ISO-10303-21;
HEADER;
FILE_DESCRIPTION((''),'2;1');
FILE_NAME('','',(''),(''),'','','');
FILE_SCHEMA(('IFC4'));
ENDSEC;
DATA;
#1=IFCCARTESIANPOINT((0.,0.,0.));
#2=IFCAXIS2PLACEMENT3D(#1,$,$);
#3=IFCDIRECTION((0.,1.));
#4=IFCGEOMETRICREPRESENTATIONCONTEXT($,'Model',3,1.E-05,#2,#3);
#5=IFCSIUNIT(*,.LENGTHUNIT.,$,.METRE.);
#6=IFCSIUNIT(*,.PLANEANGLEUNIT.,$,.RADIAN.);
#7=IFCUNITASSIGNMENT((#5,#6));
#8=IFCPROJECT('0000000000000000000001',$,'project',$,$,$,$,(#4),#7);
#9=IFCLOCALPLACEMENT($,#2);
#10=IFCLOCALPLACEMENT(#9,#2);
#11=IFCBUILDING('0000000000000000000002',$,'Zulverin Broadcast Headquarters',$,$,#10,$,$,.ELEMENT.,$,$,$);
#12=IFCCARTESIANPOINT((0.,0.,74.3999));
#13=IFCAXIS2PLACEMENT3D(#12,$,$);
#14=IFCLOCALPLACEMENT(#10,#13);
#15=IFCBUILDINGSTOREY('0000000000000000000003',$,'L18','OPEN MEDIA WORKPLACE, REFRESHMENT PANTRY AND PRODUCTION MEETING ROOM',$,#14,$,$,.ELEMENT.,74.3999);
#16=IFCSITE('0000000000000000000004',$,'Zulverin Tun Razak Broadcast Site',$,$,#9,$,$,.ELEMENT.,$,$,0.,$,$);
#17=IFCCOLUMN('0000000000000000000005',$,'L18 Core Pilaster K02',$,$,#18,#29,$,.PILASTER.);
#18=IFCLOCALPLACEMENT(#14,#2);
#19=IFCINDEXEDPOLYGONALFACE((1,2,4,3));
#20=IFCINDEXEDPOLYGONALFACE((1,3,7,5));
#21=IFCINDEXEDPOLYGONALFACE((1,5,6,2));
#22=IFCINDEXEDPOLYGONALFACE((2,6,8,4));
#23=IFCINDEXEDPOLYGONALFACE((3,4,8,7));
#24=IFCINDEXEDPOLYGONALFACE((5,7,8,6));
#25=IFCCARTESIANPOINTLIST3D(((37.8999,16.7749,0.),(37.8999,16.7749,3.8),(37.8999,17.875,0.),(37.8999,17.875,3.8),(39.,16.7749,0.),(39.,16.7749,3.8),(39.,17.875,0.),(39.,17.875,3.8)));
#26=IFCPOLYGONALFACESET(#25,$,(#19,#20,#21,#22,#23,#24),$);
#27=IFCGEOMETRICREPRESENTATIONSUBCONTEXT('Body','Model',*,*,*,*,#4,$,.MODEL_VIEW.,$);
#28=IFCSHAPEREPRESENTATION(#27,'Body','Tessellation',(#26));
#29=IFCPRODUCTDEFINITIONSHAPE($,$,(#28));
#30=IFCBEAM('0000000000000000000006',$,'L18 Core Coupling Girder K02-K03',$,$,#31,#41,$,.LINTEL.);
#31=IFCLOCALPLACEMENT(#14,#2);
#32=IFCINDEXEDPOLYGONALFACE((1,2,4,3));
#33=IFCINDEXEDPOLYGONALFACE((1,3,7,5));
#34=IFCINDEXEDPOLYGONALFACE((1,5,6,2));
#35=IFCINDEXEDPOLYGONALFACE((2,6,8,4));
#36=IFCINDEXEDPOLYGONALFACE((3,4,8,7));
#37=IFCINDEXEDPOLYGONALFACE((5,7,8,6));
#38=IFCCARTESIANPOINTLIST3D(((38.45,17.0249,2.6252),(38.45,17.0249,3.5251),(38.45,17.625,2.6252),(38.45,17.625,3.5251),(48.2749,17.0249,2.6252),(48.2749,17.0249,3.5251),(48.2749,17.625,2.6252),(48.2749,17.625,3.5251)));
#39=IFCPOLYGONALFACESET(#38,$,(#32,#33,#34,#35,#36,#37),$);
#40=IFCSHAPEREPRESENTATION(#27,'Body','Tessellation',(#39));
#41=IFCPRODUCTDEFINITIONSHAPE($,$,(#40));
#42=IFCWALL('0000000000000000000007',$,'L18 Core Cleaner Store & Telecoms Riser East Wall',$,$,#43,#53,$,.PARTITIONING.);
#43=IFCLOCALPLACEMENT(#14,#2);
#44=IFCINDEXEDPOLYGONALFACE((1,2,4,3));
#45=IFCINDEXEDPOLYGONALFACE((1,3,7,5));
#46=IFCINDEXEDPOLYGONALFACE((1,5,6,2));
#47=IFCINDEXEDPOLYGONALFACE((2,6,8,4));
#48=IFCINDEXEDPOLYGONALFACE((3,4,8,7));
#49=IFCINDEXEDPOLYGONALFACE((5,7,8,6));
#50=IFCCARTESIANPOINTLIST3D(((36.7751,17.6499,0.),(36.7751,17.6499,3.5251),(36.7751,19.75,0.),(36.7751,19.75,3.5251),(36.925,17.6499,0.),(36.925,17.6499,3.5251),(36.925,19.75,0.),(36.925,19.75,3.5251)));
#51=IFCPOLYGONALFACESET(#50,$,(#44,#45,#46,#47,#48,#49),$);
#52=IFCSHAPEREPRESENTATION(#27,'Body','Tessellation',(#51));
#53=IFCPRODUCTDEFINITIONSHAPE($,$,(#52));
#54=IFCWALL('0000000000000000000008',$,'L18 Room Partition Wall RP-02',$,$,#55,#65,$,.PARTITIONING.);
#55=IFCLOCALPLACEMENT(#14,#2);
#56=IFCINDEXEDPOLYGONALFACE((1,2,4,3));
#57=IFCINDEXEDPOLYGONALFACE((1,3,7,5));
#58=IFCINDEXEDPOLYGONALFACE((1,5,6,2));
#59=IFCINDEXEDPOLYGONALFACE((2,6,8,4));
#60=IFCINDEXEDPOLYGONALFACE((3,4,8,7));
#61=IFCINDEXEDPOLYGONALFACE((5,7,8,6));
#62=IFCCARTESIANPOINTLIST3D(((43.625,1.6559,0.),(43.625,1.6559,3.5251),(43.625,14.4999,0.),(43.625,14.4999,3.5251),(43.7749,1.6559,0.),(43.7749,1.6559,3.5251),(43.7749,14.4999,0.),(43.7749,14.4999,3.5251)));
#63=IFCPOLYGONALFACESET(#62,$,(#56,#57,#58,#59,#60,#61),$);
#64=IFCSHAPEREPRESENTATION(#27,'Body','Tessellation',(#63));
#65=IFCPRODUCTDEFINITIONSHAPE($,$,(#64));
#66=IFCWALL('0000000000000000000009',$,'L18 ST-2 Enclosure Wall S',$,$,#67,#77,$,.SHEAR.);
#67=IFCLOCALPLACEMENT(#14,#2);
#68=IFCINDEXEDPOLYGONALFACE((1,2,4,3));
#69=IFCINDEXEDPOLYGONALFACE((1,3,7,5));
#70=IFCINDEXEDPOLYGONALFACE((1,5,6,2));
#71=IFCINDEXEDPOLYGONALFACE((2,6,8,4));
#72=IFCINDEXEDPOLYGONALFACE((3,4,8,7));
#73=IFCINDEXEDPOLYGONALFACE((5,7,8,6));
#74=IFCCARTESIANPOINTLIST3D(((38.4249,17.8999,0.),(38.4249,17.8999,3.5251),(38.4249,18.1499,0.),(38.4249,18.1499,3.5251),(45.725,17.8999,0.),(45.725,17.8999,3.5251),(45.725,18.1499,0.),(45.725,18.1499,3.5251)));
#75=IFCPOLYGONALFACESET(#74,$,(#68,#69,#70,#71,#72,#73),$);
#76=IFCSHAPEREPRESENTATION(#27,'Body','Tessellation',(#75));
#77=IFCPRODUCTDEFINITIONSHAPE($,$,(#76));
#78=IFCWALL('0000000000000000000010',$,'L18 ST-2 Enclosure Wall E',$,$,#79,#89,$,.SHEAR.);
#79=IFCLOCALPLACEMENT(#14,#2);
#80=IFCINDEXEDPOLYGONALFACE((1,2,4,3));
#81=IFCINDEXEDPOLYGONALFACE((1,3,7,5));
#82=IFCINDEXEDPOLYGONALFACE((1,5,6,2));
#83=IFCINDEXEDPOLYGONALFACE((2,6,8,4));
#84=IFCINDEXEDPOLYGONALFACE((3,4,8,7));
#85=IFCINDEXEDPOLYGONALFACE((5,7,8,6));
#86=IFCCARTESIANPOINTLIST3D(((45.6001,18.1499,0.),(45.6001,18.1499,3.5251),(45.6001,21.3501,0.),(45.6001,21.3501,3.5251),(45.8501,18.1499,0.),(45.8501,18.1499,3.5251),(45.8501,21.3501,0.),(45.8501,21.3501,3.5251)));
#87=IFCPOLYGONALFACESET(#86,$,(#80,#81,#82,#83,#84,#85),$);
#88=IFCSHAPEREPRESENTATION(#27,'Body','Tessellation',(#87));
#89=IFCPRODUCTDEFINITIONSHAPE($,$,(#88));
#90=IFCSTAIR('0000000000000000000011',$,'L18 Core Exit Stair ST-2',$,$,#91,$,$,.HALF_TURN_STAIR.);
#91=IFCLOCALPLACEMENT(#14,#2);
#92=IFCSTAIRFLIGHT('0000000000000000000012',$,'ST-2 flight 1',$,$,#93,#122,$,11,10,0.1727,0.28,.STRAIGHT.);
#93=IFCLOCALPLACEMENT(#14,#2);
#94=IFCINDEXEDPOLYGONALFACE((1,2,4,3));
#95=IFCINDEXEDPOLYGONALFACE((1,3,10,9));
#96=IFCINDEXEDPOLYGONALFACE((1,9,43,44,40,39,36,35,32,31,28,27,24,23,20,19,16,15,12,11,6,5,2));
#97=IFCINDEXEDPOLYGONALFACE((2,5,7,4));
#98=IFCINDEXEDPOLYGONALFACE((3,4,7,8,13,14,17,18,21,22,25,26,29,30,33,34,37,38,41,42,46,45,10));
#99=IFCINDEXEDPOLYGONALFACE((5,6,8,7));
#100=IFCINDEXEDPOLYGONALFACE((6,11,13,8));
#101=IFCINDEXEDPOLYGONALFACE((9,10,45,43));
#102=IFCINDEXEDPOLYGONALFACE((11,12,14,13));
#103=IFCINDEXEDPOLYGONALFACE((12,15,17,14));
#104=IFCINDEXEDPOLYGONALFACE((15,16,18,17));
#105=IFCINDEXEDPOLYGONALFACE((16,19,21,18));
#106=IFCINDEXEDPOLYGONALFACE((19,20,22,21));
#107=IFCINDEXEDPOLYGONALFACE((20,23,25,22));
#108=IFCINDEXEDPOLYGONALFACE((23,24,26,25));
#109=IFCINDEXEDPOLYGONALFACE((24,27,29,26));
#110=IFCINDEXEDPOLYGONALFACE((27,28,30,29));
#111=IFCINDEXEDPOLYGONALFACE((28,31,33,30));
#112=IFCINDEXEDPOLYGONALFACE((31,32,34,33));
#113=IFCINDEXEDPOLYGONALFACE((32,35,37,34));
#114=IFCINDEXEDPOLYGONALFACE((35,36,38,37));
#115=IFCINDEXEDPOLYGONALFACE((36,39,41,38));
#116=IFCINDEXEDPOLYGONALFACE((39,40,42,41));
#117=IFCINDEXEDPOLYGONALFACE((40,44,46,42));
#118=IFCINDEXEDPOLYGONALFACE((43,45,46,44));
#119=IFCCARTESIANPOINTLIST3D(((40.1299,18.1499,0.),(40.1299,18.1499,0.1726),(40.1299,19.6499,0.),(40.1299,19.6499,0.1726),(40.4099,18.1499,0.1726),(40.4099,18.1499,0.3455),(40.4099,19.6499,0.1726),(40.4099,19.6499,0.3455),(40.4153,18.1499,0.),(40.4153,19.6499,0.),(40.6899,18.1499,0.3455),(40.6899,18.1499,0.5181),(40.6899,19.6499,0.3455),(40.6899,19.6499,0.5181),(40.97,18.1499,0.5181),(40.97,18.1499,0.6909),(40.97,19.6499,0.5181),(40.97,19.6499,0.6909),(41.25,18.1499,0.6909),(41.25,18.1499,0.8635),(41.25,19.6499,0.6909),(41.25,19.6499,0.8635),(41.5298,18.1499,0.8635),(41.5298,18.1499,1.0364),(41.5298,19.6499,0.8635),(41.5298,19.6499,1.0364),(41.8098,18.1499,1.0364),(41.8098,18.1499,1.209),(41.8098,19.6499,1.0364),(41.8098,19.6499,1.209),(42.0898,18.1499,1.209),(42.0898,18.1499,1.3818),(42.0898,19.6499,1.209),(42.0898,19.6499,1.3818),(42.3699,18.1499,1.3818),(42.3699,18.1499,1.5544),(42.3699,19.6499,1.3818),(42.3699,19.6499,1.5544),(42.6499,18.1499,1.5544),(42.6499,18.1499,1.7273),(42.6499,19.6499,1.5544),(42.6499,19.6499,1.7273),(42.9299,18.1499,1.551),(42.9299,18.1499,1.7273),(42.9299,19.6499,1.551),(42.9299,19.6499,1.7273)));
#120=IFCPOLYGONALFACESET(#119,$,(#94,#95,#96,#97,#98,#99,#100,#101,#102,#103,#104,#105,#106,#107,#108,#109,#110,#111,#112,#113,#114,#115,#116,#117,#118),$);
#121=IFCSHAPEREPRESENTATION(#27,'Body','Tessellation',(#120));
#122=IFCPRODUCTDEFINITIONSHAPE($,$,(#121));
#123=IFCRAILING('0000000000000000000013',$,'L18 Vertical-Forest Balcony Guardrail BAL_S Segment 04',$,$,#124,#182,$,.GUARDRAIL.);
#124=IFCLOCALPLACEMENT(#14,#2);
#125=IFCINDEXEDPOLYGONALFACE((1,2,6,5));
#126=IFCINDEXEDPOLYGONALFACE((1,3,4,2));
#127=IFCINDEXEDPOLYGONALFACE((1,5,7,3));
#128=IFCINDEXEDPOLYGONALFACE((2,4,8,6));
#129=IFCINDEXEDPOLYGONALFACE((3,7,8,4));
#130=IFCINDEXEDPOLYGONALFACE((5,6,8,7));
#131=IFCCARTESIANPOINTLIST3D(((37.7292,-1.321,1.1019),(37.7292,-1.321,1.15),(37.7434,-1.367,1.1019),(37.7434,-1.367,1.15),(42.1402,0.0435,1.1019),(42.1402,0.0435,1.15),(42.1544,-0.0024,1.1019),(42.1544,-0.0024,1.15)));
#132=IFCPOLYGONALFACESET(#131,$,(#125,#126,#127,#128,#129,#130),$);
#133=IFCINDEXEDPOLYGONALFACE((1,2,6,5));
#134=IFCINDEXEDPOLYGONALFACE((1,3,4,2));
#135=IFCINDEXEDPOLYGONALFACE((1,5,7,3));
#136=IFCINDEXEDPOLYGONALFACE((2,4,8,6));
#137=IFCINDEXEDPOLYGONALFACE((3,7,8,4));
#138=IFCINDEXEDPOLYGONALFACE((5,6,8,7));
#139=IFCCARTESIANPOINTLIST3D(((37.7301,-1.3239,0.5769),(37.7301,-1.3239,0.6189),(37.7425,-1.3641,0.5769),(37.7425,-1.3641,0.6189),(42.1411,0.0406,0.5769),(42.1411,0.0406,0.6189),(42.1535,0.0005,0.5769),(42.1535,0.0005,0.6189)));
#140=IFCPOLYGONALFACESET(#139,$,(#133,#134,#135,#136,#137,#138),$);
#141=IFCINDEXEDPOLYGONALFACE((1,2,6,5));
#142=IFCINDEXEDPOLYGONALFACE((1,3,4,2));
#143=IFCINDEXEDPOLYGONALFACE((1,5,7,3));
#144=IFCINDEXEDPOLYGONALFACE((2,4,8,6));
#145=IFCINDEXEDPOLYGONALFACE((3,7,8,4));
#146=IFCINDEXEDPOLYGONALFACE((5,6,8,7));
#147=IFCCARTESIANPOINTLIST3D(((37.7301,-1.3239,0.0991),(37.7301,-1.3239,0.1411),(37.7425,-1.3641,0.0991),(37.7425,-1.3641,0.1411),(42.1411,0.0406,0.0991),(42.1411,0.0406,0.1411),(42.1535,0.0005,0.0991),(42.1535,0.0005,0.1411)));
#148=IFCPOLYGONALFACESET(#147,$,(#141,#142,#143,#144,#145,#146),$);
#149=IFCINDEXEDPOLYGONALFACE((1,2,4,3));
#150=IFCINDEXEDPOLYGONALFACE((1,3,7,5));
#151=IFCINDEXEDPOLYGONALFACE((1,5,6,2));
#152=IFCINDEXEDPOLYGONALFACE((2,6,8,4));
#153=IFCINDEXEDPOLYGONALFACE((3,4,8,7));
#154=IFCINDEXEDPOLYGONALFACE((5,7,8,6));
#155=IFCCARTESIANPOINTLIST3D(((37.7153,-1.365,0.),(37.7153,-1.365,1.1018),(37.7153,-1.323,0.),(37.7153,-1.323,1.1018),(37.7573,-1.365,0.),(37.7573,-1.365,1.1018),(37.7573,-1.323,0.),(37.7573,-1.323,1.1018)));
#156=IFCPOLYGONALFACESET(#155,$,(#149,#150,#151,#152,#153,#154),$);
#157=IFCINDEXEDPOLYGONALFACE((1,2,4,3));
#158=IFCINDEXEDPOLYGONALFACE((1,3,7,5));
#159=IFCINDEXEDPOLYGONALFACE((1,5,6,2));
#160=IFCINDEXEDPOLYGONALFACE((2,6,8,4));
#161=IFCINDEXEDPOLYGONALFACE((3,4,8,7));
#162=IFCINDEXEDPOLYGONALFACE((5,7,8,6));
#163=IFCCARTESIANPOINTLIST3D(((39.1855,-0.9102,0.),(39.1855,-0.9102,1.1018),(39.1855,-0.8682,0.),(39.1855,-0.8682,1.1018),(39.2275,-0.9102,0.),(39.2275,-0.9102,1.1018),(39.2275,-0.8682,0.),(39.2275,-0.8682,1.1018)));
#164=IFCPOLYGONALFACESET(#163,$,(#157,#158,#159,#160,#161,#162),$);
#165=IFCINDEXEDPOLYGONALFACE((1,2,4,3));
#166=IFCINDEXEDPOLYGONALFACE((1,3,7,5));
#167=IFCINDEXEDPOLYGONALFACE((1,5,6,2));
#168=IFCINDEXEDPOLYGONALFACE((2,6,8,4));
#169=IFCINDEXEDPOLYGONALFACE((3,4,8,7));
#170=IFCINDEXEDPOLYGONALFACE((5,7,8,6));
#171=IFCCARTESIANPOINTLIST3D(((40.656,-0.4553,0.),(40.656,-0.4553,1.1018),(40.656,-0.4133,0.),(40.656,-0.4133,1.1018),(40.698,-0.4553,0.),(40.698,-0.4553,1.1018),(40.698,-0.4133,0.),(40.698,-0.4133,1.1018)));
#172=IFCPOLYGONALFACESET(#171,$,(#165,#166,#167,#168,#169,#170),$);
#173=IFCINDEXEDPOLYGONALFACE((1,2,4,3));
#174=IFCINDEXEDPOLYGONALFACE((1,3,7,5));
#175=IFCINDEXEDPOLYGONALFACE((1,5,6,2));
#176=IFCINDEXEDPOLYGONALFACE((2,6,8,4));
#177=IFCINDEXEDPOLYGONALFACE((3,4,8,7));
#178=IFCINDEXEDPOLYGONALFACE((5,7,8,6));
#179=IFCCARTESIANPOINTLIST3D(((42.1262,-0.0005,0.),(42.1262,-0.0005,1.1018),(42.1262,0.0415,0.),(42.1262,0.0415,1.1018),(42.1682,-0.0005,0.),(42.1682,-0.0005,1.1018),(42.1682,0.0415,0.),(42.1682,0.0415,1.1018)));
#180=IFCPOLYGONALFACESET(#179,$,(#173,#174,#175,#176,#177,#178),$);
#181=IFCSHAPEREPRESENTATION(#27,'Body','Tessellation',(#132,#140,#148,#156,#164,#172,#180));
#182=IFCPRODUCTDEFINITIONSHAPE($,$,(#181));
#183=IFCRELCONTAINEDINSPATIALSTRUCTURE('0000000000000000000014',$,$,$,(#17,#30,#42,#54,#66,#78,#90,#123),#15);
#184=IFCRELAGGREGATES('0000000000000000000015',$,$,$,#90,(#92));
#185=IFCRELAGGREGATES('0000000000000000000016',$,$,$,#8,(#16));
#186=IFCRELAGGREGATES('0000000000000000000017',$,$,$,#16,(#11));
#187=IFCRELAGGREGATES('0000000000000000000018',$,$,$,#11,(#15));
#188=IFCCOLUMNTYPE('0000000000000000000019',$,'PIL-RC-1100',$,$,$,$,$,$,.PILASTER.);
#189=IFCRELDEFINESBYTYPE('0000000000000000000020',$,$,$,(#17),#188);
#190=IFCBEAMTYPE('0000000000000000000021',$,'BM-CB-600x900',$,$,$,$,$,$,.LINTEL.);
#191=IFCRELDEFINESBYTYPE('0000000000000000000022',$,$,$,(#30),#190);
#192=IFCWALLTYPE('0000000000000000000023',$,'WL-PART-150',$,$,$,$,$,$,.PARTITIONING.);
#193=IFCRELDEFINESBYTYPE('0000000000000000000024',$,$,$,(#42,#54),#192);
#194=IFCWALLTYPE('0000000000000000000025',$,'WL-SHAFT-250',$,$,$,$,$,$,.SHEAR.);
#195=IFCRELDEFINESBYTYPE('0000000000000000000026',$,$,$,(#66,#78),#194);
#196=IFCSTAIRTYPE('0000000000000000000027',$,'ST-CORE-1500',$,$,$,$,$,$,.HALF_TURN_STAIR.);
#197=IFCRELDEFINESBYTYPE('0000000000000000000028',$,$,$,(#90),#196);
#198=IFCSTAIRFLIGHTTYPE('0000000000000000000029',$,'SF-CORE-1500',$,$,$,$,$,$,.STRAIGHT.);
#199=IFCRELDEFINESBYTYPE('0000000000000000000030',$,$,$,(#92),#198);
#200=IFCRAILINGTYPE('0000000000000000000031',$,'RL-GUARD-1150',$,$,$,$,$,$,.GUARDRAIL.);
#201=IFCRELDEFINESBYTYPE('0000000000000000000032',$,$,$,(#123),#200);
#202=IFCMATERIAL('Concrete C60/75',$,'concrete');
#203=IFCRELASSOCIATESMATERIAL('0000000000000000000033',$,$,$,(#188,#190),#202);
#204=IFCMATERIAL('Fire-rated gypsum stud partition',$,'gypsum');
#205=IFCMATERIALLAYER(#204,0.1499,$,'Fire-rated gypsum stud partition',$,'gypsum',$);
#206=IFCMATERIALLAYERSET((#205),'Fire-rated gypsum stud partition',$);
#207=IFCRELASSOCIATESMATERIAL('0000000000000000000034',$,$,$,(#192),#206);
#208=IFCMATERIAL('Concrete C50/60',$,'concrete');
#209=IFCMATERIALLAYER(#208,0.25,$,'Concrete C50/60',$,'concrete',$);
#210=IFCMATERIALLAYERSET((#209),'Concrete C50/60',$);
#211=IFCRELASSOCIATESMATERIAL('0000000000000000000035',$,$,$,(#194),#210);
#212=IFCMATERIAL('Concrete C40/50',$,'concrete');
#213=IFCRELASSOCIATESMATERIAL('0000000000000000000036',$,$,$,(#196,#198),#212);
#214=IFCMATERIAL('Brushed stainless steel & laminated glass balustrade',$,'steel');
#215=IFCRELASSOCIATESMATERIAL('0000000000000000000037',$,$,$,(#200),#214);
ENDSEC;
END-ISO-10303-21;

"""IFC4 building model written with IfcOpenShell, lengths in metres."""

from ifc_helpers import new_model, si_unit, direction, frame, frame_2d, origin, origin_2d, place, context, subcontext, project, spatial, polyline, rectangle, outline, extrude, material, layer, layer_set, material_profile, profile_set, type_object, element, aggregate, save


model = new_model("IFC4")

# Units and contexts
model_context = context("Model", 3, precision=1e-05, world=origin(), true_north=direction((0.0, 1.0)))
body_context = subcontext(model_context, "Body", "Model", "MODEL_VIEW")
ifc_project = project(units=[si_unit("LENGTHUNIT", "METRE"), si_unit("PLANEANGLEUNIT", "RADIAN")], contexts=[model_context])

# Site, building, storey
site_placement = place(None, origin())
site = spatial("IfcSite", under=ifc_project, at=site_placement, Name="Zulverin Tun Razak Broadcast Site", CompositionType="ELEMENT", RefElevation=0.0)
building_placement = place(site_placement, origin())
building = spatial("IfcBuilding", under=site, at=building_placement, Name="Zulverin Broadcast Headquarters", CompositionType="ELEMENT")
storey_placement = place(building_placement, frame((0.0, 0.0, 74.3999)))
storey = spatial("IfcBuildingStorey", under=building, at=storey_placement, Name="L18", Description="OPEN MEDIA WORKPLACE, REFRESHMENT PANTRY AND PRODUCTION MEETING ROOM", CompositionType="ELEMENT", Elevation=74.3999)

# Column
ifc_material_1 = material(Name="Concrete C60/75", Category="concrete")
ifc_material_profile_1 = material_profile(ifc_material_1, rectangle(XDim=1.1001, YDim=1.1001, at=origin_2d()), Name="Concrete C60/75", Category="concrete")
ifc_profile_set_1 = profile_set([ifc_material_profile_1], Name="Concrete C60/75")
column_type = type_object("IfcColumnType", Name="PIL-RC-1100", PredefinedType="PILASTER", material=ifc_profile_set_1)
column_placement = place(storey_placement, frame((38.45, 17.325, 0.0), z_axis=(0.0, 0.0, 1.0), x_axis=(1.0, 0.0, 0.0)))
element("IfcColumn", 1, at=column_placement, inside=storey, type_object=column_type, Name="L18 Core Pilaster K02", PredefinedType="PILASTER", context=body_context, shape_type="SweptSolid", body=[
    extrude(rectangle(XDim=1.1001, YDim=1.1001, at=origin_2d()), origin(), (0.0, 0.0, 1.0), 3.8),
])

# Beam
ifc_material_profile_2 = material_profile(ifc_material_1, rectangle(XDim=0.6001, YDim=0.8999, at=origin_2d()), Name="Concrete C60/75", Category="concrete")
ifc_profile_set_2 = profile_set([ifc_material_profile_2], Name="Concrete C60/75")
beam_type = type_object("IfcBeamType", Name="BM-CB-600x900", PredefinedType="LINTEL", material=ifc_profile_set_2)
beam_placement = place(storey_placement, frame((38.45, 17.325, 3.0752), z_axis=(1.0, 0.0, 0.0), x_axis=(0.0, 1.0, 0.0)))
element("IfcBeam", 2, at=beam_placement, inside=storey, type_object=beam_type, Name="L18 Core Coupling Girder K02-K03", PredefinedType="LINTEL", context=body_context, shape_type="SweptSolid", body=[
    extrude(rectangle(XDim=0.6001, YDim=0.8999, at=origin_2d()), origin(), (0.0, 0.0, 1.0), 9.825),
])

# Walls
ifc_material_2 = material(Name="Fire-rated gypsum stud partition", Category="gypsum")
ifc_layer_1 = layer(ifc_material_2, 0.1499, Name="Fire-rated gypsum stud partition", Category="gypsum")
ifc_layer_set_1 = layer_set([ifc_layer_1], Name="Fire-rated gypsum stud partition")
wall_type_1 = type_object("IfcWallType", Name="WL-PART-150", PredefinedType="PARTITIONING", material=ifc_layer_set_1)
wall_1_placement = place(storey_placement, frame((36.8501, 17.6499, 0.0), z_axis=(0.0, 0.0, 1.0), x_axis=(0.0, 1.0, 0.0)))
element("IfcWall", 3, at=wall_1_placement, inside=storey, type_object=wall_type_1, Name="L18 Core Cleaner Store & Telecoms Riser East Wall", PredefinedType="PARTITIONING", context=body_context, shape_type="SweptSolid", body=[
    extrude(rectangle(XDim=2.1001, YDim=0.1499, at=frame_2d((1.05, 0.0))), origin(), (0.0, 0.0, 1.0), 3.5251),
])
wall_2_placement = place(storey_placement, frame((43.7, 1.656, 0.0), z_axis=(0.0, 0.0, 1.0), x_axis=(0.0, 1.0, 0.0)))
element("IfcWall", 4, at=wall_2_placement, inside=storey, type_object=wall_type_1, Name="L18 Room Partition Wall RP-02", PredefinedType="PARTITIONING", context=body_context, shape_type="SweptSolid", body=[
    extrude(rectangle(XDim=12.844, YDim=0.1499, at=frame_2d((6.4219, 0.0))), origin(), (0.0, 0.0, 1.0), 3.5251),
])
ifc_material_3 = material(Name="Concrete C50/60", Category="concrete")
ifc_layer_2 = layer(ifc_material_3, 0.25, Name="Concrete C50/60", Category="concrete")
ifc_layer_set_2 = layer_set([ifc_layer_2], Name="Concrete C50/60")
wall_type_2 = type_object("IfcWallType", Name="WL-SHAFT-250", PredefinedType="SHEAR", material=ifc_layer_set_2)
wall_3_placement = place(storey_placement, frame((38.425, 18.0249, 0.0), z_axis=(0.0, 0.0, 1.0), x_axis=(1.0, 0.0, 0.0)))
element("IfcWall", 5, at=wall_3_placement, inside=storey, type_object=wall_type_2, Name="L18 ST-2 Enclosure Wall S", PredefinedType="SHEAR", context=body_context, shape_type="SweptSolid", body=[
    extrude(rectangle(XDim=7.3, YDim=0.25, at=frame_2d((3.6499, 0.0))), origin(), (0.0, 0.0, 1.0), 3.5251),
])

# Wall
wall_4_placement = place(storey_placement, frame((45.7251, 18.1499, 0.0), z_axis=(0.0, 0.0, 1.0), x_axis=(0.0, 1.0, 0.0)))
element("IfcWall", 6, at=wall_4_placement, inside=storey, type_object=wall_type_2, Name="L18 ST-2 Enclosure Wall E", PredefinedType="SHEAR", context=body_context, shape_type="SweptSolid", body=[
    extrude(rectangle(XDim=3.2002, YDim=0.25, at=frame_2d((1.6001, 0.0))), origin(), (0.0, 0.0, 1.0), 3.5251),
])

# Stair, stair flight
ifc_material_4 = material(Name="Concrete C40/50", Category="concrete")
stair_type = type_object("IfcStairType", Name="ST-CORE-1500", PredefinedType="HALF_TURN_STAIR", material=ifc_material_4)
stair_placement = place(storey_placement, origin())
stair = element("IfcStair", 7, at=stair_placement, inside=storey, type_object=stair_type, Name="L18 Core Exit Stair ST-2", PredefinedType="HALF_TURN_STAIR")
stair_flight_type = type_object("IfcStairFlightType", Name="SF-CORE-1500", PredefinedType="STRAIGHT", material=ifc_material_4)
stair_flight_placement = place(storey_placement, frame((40.1299, 18.8999, 0.0), z_axis=(0.0, 0.0, 1.0), x_axis=(1.0, 0.0, 0.0)))
stair_flight = element("IfcStairFlight", 8, at=stair_flight_placement, type_object=stair_flight_type, Name="ST-2 flight 1", NumberOfRisers=11, NumberOfTreads=10, PredefinedType="STRAIGHT", RiserHeight=0.1727, TreadLength=0.28, context=body_context, shape_type="SweptSolid", body=[
    extrude(outline(polyline([(0.0, 0.0), (0.0, 0.1726), (0.28, 0.1726), (0.28, 0.3455), (0.5601, 0.3455), (0.5601, 0.5181), (0.8401, 0.5181), (0.8401, 0.6909), (1.1201, 0.6909), (1.1201, 0.8635), (1.3999, 0.8635), (1.3999, 1.0364), (1.6799, 1.0364), (1.6799, 1.209), (1.96, 1.209), (1.96, 1.3818), (2.24, 1.3818), (2.24, 1.5544), (2.52, 1.5544), (2.52, 1.7273), (2.8, 1.7273), (2.8, 1.8999), (2.8, 1.551), (0.2854, 0.0), (0.0, 0.0)])), frame((0.0, 0.75, 0.0), z_axis=(0.0, -1.0, 0.0), x_axis=(1.0, 0.0, 0.0)), (0.0, 0.0, 1.0), 1.5),
])
aggregate(stair, [stair_flight])

# Railing
ifc_material_5 = material(Name="Brushed stainless steel & laminated glass balustrade", Category="steel")
railing_type_1 = type_object("IfcRailingType", Name="RL-GUARD-1150", PredefinedType="GUARDRAIL", material=ifc_material_5)
railing_1_placement = place(storey_placement, frame((37.7363, -1.344, 0.0)))
element("IfcRailing", 9, at=railing_1_placement, inside=storey, type_object=railing_type_1, Name="L18 Vertical-Forest Balcony Guardrail BAL_S Segment 04", PredefinedType="GUARDRAIL", context=body_context, shape_type="SweptSolid", body=[
    extrude(rectangle(XDim=0.0481, YDim=0.0481, at=origin_2d()), frame((0.0, 0.0, 1.126), z_axis=(0.955333, 0.295531, 0.0), x_axis=(-0.295531, 0.955333, 0.0)), (0.0, 0.0, 1.0), 4.6172),
    extrude(rectangle(XDim=0.042, YDim=0.042, at=origin_2d()), frame((0.0, 0.0, 0.5979), z_axis=(0.955333, 0.295531, 0.0), x_axis=(-0.295531, 0.955333, 0.0)), (0.0, 0.0, 1.0), 4.6172),
    extrude(rectangle(XDim=0.042, YDim=0.042, at=origin_2d()), frame((0.0, 0.0, 0.1201), z_axis=(0.955333, 0.295531, 0.0), x_axis=(-0.295531, 0.955333, 0.0)), (0.0, 0.0, 1.0), 4.6172),
    extrude(rectangle(XDim=0.042, YDim=0.042, at=origin_2d()), origin(), (0.0, 0.0, 1.0), 1.1018),
    extrude(rectangle(XDim=0.042, YDim=0.042, at=origin_2d()), frame((1.4702, 0.4548, 0.0)), (0.0, 0.0, 1.0), 1.1018),
    extrude(rectangle(XDim=0.042, YDim=0.042, at=origin_2d()), frame((2.9407, 0.9097, 0.0)), (0.0, 0.0, 1.0), 1.1018),
    extrude(rectangle(XDim=0.042, YDim=0.042, at=origin_2d()), frame((4.4109, 1.3645, 0.0)), (0.0, 0.0, 1.0), 1.1018),
])

save(model, "model.ifc")
